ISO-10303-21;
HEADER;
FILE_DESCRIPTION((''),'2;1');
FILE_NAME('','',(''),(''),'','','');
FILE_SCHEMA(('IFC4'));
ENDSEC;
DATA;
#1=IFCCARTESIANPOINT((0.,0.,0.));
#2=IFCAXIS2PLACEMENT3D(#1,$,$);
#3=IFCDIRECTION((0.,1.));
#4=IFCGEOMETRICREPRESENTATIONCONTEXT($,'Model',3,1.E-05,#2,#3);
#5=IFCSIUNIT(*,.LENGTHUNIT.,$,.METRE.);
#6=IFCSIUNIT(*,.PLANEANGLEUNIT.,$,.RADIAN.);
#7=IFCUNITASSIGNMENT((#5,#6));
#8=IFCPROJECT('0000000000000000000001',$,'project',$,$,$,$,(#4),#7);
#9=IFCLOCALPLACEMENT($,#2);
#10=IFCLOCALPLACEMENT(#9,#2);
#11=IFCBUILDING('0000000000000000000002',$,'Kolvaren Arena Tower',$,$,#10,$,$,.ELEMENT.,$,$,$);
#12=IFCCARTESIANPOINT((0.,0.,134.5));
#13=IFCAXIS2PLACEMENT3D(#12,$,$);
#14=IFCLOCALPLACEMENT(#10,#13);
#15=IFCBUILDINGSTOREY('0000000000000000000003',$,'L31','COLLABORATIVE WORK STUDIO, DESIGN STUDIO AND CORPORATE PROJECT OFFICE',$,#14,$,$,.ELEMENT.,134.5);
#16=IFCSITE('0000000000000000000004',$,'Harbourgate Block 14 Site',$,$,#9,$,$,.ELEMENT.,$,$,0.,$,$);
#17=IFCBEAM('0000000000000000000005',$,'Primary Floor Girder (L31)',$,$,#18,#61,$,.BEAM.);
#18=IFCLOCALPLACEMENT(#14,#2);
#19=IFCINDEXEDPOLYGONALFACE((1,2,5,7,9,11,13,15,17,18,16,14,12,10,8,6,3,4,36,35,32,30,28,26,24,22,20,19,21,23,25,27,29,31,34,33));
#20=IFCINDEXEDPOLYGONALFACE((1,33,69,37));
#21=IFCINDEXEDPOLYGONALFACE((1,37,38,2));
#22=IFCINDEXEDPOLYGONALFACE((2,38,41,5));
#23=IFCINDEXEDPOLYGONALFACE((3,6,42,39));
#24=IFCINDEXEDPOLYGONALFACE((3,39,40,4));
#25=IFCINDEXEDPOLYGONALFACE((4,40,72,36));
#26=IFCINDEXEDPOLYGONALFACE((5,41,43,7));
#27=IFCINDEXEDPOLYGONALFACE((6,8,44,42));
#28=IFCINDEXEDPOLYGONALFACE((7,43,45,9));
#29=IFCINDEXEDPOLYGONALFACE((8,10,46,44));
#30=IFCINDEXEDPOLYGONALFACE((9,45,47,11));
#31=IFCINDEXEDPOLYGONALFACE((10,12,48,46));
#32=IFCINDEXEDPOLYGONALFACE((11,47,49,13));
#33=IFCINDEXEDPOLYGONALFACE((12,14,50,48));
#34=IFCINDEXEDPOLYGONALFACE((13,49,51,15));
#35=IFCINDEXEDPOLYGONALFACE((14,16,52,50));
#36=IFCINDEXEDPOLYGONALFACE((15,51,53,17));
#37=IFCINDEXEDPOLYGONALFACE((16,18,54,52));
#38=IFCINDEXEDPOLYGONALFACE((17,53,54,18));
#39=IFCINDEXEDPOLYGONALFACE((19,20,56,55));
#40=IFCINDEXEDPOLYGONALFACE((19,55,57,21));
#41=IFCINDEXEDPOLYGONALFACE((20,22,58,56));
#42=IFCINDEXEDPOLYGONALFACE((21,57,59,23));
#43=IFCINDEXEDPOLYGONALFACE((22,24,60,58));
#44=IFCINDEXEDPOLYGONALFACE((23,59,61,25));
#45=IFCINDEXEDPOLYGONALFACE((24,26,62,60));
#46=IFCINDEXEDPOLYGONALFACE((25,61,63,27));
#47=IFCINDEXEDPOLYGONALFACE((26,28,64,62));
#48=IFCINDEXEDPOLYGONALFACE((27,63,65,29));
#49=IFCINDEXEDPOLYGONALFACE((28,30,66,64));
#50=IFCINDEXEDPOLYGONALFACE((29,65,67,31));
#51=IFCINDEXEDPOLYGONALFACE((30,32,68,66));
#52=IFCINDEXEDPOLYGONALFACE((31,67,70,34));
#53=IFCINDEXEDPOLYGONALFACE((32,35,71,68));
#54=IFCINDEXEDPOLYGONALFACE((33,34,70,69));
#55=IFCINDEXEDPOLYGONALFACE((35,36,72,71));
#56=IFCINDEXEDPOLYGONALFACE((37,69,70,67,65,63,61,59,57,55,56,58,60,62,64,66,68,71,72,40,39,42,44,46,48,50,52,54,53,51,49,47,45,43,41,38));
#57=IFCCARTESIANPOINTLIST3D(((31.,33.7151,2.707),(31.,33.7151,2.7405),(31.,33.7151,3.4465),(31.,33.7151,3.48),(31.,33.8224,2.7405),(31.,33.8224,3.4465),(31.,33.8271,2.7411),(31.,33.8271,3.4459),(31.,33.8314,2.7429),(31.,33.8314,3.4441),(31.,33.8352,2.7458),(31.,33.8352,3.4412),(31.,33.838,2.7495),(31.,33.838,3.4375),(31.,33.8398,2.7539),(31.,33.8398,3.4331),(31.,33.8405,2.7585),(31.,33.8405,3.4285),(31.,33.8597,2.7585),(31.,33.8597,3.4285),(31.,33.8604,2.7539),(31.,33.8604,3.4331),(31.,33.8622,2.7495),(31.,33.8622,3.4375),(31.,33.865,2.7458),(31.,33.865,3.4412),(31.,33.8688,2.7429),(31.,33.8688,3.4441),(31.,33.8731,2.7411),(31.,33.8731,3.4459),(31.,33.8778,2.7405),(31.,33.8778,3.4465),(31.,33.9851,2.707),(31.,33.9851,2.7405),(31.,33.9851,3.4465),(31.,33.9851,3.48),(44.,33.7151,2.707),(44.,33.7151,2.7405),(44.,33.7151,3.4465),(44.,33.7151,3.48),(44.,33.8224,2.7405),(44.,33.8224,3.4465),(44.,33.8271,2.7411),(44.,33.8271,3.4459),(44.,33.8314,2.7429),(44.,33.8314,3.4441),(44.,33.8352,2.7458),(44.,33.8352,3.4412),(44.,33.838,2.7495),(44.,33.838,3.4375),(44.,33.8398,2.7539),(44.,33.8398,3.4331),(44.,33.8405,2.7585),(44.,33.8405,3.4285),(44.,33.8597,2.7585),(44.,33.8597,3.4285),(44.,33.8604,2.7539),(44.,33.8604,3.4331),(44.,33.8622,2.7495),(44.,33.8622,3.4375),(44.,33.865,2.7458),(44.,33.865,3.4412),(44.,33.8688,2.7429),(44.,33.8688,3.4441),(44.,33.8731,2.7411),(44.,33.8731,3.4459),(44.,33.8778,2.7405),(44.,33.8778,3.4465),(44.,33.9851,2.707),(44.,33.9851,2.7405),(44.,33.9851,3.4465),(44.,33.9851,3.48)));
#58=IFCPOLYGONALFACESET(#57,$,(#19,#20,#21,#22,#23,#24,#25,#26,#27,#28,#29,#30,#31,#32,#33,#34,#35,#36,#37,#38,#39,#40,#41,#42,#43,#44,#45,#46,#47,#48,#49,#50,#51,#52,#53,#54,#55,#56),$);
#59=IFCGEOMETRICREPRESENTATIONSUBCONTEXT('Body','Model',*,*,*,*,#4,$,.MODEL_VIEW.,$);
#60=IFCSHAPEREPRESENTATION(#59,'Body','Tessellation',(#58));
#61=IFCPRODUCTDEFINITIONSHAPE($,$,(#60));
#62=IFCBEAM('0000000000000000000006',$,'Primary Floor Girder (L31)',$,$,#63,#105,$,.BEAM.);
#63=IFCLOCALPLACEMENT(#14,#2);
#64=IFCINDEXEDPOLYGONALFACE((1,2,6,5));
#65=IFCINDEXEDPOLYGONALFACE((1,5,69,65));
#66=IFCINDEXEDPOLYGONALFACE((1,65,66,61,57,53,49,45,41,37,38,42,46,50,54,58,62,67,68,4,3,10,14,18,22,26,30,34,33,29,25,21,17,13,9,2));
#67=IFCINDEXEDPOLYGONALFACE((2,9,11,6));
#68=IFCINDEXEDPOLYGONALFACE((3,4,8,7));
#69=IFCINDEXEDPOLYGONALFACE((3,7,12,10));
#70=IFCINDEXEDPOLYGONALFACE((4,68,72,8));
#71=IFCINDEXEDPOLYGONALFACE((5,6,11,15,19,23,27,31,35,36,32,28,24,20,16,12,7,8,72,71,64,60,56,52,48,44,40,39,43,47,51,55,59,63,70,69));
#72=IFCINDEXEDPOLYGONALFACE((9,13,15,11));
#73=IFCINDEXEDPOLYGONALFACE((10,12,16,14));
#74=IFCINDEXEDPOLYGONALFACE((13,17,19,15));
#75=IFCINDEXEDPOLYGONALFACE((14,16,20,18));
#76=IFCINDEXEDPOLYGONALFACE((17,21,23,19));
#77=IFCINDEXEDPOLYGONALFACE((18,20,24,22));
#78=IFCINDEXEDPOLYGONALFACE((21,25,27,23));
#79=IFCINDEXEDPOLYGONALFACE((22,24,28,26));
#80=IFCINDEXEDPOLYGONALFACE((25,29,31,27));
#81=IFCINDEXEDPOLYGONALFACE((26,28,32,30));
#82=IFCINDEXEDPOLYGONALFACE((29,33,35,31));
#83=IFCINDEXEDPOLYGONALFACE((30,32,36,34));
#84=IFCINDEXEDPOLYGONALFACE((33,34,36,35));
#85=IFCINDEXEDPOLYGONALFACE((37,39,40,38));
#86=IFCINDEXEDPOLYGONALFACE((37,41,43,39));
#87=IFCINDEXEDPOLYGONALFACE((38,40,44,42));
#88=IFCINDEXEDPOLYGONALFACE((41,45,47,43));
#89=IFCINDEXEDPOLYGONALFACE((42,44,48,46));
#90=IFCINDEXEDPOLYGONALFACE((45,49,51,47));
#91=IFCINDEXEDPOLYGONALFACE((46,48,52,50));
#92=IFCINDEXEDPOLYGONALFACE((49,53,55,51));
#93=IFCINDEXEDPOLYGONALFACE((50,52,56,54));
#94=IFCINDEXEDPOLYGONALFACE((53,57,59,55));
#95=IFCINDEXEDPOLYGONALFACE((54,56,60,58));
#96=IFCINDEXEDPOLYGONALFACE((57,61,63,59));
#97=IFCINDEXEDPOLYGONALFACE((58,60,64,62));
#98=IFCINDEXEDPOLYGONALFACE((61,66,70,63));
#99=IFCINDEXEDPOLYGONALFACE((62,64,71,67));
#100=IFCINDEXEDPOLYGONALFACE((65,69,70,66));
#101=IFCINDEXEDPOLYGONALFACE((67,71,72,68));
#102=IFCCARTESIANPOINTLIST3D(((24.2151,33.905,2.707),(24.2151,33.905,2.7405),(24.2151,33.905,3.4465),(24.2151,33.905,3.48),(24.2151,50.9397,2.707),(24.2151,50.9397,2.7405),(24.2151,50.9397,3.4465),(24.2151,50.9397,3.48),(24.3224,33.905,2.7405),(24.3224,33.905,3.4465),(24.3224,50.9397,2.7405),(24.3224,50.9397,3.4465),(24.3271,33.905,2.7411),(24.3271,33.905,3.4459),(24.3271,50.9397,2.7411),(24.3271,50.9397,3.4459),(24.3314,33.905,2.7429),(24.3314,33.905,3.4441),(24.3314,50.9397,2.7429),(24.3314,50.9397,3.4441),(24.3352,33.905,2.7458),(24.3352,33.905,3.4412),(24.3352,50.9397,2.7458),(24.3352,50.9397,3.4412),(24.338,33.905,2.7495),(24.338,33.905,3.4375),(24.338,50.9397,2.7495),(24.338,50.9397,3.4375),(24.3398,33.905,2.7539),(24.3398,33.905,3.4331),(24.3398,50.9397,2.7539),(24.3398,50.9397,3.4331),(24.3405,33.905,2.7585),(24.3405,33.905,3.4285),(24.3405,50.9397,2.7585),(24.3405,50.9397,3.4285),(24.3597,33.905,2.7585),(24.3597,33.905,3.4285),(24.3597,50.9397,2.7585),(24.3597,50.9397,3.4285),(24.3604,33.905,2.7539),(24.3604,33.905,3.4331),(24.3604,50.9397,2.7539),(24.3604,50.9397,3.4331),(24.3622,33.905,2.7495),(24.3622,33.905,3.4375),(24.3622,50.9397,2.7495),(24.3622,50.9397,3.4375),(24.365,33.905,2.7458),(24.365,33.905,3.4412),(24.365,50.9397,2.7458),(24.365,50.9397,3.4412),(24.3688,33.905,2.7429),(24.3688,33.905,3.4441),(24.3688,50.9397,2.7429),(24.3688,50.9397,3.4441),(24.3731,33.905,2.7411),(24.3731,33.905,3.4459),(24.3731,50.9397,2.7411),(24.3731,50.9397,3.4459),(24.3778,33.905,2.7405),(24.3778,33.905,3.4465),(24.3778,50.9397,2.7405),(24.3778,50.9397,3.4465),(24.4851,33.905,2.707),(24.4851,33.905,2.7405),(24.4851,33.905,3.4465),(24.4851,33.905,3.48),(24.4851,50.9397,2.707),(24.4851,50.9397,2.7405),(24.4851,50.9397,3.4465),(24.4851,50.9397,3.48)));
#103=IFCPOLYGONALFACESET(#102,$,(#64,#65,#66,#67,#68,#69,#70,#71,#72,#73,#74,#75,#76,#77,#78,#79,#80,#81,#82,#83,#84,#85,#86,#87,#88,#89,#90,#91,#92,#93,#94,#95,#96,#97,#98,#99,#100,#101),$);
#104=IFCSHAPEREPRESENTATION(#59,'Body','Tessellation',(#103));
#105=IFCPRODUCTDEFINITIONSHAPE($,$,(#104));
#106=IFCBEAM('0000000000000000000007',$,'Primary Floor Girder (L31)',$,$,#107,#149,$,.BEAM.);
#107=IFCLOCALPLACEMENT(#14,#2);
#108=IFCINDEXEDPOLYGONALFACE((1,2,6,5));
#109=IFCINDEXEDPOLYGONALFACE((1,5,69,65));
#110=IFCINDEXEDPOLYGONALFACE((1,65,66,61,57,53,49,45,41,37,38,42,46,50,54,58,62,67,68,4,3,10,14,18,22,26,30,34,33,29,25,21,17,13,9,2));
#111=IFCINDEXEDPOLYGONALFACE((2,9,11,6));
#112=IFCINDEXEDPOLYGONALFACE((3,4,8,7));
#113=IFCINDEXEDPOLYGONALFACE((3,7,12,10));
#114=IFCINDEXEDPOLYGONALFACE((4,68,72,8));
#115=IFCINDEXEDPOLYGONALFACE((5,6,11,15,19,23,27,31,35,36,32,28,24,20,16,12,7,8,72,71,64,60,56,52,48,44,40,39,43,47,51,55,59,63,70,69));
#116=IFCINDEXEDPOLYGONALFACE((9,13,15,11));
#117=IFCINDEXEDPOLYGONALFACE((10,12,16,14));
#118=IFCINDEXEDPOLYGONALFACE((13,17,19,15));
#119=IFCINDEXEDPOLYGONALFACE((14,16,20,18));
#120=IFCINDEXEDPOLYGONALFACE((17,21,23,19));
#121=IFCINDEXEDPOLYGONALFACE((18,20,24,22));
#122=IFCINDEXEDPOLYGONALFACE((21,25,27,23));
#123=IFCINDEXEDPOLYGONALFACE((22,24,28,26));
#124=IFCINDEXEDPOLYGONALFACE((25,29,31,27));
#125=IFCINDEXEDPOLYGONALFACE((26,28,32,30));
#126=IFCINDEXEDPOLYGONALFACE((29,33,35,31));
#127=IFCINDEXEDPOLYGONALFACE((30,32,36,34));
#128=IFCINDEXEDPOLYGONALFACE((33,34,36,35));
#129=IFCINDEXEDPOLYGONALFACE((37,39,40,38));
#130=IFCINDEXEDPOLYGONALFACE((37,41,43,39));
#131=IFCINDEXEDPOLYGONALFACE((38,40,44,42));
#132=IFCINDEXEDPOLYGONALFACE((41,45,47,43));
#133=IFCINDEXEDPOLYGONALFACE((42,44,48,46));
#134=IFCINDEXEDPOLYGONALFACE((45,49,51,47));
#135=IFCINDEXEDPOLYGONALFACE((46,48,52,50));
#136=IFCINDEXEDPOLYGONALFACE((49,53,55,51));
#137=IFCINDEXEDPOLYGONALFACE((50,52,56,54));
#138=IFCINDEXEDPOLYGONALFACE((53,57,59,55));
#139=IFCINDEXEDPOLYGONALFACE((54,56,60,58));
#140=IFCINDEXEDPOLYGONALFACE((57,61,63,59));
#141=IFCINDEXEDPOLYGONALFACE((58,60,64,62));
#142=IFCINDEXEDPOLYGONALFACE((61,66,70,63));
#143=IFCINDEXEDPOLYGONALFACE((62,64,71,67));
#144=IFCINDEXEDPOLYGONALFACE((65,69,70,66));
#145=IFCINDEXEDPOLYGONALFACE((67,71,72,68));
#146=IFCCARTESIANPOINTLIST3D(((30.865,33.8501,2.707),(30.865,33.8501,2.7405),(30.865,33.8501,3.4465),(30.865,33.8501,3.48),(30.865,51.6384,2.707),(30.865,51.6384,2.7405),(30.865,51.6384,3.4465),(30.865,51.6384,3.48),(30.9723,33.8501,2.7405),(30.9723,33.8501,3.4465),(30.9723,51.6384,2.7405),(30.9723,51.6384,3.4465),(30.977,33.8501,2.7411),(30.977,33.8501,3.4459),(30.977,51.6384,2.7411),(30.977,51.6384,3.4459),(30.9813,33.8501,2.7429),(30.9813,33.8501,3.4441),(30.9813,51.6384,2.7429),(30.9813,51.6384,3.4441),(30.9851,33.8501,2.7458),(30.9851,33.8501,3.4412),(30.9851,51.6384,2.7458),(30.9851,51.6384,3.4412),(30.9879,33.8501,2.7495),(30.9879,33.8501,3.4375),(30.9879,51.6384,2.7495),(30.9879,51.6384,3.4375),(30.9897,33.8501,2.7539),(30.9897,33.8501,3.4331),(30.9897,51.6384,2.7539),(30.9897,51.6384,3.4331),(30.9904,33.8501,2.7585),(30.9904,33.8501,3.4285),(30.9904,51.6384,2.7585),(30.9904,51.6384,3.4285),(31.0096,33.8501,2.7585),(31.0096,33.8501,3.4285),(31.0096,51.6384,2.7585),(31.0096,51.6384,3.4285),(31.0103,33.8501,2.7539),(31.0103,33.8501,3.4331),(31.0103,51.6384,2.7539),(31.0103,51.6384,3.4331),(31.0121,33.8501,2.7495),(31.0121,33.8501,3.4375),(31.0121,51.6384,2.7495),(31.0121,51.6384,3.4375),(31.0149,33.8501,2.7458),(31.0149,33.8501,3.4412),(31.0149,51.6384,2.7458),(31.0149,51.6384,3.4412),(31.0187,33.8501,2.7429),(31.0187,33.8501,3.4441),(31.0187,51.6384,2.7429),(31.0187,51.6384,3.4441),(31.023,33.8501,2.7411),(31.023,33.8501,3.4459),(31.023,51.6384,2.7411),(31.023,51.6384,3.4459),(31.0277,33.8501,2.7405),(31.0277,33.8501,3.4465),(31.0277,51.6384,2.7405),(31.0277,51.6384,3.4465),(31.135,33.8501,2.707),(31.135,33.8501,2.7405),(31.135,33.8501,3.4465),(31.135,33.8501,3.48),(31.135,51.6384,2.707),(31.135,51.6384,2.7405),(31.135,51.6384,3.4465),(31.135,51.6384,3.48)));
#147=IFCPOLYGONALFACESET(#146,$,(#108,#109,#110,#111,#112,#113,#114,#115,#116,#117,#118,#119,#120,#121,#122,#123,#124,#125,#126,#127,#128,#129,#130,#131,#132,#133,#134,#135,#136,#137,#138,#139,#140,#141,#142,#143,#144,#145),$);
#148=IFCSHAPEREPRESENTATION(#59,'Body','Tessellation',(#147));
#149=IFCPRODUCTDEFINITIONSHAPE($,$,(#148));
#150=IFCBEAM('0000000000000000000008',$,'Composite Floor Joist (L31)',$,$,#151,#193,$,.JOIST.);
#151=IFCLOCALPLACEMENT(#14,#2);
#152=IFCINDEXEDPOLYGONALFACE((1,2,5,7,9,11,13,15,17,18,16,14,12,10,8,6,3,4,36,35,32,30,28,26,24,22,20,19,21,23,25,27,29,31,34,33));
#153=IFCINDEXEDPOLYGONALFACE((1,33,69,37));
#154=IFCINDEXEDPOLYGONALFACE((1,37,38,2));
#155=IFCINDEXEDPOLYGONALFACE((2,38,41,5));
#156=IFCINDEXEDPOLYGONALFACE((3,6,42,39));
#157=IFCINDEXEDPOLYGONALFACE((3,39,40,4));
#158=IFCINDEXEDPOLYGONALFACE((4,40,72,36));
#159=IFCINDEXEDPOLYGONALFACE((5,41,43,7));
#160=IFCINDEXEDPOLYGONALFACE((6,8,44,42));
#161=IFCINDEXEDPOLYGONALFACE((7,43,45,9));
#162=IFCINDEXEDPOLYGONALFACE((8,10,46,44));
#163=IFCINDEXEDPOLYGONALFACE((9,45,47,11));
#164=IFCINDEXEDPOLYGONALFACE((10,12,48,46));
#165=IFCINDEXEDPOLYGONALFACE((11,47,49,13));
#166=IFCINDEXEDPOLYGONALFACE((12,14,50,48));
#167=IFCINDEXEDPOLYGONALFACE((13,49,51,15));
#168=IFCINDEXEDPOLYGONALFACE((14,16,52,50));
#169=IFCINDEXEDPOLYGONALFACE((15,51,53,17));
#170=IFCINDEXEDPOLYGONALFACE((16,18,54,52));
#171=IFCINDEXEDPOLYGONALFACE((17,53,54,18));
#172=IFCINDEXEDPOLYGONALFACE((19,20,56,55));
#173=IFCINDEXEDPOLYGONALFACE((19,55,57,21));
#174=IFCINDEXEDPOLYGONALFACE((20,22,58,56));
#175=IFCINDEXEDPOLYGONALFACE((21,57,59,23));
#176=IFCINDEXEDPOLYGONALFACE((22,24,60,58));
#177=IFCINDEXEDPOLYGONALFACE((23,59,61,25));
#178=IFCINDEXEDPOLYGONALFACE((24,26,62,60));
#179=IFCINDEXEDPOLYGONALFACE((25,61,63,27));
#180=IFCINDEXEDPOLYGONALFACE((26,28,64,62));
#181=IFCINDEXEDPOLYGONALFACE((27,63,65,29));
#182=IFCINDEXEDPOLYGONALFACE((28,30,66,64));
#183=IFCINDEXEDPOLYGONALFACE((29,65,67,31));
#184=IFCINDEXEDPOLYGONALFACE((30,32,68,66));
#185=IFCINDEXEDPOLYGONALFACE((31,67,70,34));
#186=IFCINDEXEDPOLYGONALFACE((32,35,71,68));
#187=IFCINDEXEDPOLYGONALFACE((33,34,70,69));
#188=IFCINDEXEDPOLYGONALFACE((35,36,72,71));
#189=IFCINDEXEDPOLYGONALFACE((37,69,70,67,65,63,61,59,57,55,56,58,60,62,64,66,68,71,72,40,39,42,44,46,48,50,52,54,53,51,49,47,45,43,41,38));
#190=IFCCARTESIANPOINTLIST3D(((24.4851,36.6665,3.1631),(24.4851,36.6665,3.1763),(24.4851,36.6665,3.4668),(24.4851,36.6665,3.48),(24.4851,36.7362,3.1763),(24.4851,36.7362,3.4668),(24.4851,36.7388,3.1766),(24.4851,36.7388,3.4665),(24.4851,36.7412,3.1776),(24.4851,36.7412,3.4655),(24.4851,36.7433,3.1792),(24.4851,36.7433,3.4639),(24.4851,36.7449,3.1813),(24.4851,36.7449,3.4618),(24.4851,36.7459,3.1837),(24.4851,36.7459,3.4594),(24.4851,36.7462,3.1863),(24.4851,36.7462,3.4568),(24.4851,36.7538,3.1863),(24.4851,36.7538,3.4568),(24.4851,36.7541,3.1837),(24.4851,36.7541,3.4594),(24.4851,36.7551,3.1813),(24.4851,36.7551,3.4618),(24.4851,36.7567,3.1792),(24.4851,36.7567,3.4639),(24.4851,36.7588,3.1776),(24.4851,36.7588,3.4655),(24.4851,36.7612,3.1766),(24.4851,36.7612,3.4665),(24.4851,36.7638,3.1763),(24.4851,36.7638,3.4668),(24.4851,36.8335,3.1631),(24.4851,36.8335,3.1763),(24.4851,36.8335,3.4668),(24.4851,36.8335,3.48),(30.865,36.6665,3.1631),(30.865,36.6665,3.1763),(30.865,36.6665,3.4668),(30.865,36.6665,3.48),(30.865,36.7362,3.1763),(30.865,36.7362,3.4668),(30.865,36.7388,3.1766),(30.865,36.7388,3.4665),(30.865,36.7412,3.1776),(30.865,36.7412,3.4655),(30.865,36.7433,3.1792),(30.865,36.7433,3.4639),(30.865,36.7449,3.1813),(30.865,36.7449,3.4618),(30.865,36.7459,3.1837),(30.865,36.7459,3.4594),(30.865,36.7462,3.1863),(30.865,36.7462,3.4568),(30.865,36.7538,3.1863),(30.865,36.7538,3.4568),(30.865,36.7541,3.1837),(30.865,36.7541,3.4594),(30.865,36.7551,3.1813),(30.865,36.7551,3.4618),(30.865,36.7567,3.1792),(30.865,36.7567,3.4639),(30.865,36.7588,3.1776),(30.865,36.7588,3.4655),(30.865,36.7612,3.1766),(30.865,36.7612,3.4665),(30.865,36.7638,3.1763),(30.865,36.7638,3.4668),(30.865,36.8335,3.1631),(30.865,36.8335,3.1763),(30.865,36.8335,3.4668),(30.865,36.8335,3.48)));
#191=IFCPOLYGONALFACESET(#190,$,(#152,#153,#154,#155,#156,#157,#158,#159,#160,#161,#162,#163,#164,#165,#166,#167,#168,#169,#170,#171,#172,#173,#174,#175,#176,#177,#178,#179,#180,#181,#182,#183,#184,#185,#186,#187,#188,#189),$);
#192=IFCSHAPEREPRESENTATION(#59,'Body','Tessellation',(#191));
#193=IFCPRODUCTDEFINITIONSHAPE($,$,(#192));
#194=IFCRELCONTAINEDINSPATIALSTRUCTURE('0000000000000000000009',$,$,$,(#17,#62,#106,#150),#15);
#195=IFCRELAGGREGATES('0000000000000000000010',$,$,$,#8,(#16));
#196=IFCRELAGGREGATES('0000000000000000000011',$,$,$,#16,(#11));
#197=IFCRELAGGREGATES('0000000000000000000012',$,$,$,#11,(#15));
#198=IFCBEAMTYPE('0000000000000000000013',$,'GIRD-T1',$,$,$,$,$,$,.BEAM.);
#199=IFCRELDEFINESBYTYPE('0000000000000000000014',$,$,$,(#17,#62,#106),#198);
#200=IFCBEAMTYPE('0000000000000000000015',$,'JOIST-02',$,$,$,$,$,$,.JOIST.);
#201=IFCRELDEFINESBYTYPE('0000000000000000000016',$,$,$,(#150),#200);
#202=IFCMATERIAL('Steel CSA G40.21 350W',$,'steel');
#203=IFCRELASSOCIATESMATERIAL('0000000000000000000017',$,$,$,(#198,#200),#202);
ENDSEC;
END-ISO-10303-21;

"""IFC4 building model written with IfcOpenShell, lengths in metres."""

from ifc_helpers import new_model, si_unit, direction, frame, origin, origin_2d, place, context, subcontext, project, spatial, i_section, extrude, material, material_profile, profile_set, type_object, element, save


model = new_model("IFC4")

# Units and contexts
model_context = context("Model", 3, precision=1e-05, world=origin(), true_north=direction((0.0, 1.0)))
body_context = subcontext(model_context, "Body", "Model", "MODEL_VIEW")
ifc_project = project(units=[si_unit("LENGTHUNIT", "METRE"), si_unit("PLANEANGLEUNIT", "RADIAN")], contexts=[model_context])

# Site, building, storey
site_placement = place(None, origin())
site = spatial("IfcSite", under=ifc_project, at=site_placement, Name="Harbourgate Block 14 Site", CompositionType="ELEMENT", RefElevation=0.0)
building_placement = place(site_placement, origin())
building = spatial("IfcBuilding", under=site, at=building_placement, Name="Kolvaren Arena Tower", CompositionType="ELEMENT")
storey_placement = place(building_placement, frame((0.0, 0.0, 134.5)))
storey = spatial("IfcBuildingStorey", under=building, at=storey_placement, Name="L31", Description="COLLABORATIVE WORK STUDIO, DESIGN STUDIO AND CORPORATE PROJECT OFFICE", CompositionType="ELEMENT", Elevation=134.5)

# Beams
ifc_material_1 = material(Name="Steel CSA G40.21 350W", Category="steel")
ifc_material_profile_1 = material_profile(ifc_material_1, i_section(OverallWidth=0.27, OverallDepth=0.7729, WebThickness=0.0193, FlangeThickness=0.0334, FilletRadius=0.0181, at=origin_2d()), Name="W760x257")
ifc_profile_set_1 = profile_set([ifc_material_profile_1], Name="Steel CSA G40.21 350W")
beam_type_1 = type_object("IfcBeamType", Name="GIRD-T1", PredefinedType="BEAM", material=ifc_profile_set_1)
beam_1_placement = place(storey_placement, frame((31.0, 33.8501, 3.0935), z_axis=(1.0, 0.0, 0.0), x_axis=(0.0, 1.0, 0.0)))
element("IfcBeam", 1, at=beam_1_placement, inside=storey, type_object=beam_type_1, Name="Primary Floor Girder (L31)", PredefinedType="BEAM", context=body_context, shape_type="SweptSolid", body=[
    extrude(i_section(OverallWidth=0.27, OverallDepth=0.7729, WebThickness=0.0193, FlangeThickness=0.0334, FilletRadius=0.0181, at=origin_2d()), origin(), (0.0, 0.0, 1.0), 13.0),
])
beam_2_placement = place(storey_placement, frame((24.3501, 33.905, 3.0935), z_axis=(0.0, 1.0, 0.0), x_axis=(-1.0, 0.0, 0.0)))
element("IfcBeam", 2, at=beam_2_placement, inside=storey, type_object=beam_type_1, Name="Primary Floor Girder (L31)", PredefinedType="BEAM", context=body_context, shape_type="SweptSolid", body=[
    extrude(i_section(OverallWidth=0.27, OverallDepth=0.7729, WebThickness=0.0193, FlangeThickness=0.0334, FilletRadius=0.0181, at=origin_2d()), origin(), (0.0, 0.0, 1.0), 17.0347),
])
beam_3_placement = place(storey_placement, frame((31.0, 33.8501, 3.0935), z_axis=(0.0, 1.0, 0.0), x_axis=(-1.0, 0.0, 0.0)))
element("IfcBeam", 3, at=beam_3_placement, inside=storey, type_object=beam_type_1, Name="Primary Floor Girder (L31)", PredefinedType="BEAM", context=body_context, shape_type="SweptSolid", body=[
    extrude(i_section(OverallWidth=0.27, OverallDepth=0.7729, WebThickness=0.0193, FlangeThickness=0.0334, FilletRadius=0.0181, at=origin_2d()), origin(), (0.0, 0.0, 1.0), 17.7883),
])
ifc_material_profile_2 = material_profile(ifc_material_1, i_section(OverallWidth=0.167, OverallDepth=0.3169, WebThickness=0.0076, FlangeThickness=0.0132, FilletRadius=0.01, at=origin_2d()), Name="W310x52")
ifc_profile_set_2 = profile_set([ifc_material_profile_2], Name="Steel CSA G40.21 350W")
beam_type_2 = type_object("IfcBeamType", Name="JOIST-02", PredefinedType="JOIST", material=ifc_profile_set_2)
for number, where, z_axis, x_axis, name in (
    (4, (24.4851, 36.75, 3.3215), (1.0, 0.0, 0.0), (0.0, 1.0, 0.0), "Composite Floor Joist (L31)"),
):
    element("IfcBeam", number, at=place(storey_placement, frame(where, z_axis=z_axis, x_axis=x_axis)), inside=storey, type_object=beam_type_2, Name=name, PredefinedType="JOIST", context=body_context, shape_type="SweptSolid", body=[
        extrude(i_section(OverallWidth=0.167, OverallDepth=0.3169, WebThickness=0.0076, FlangeThickness=0.0132, FilletRadius=0.01, at=origin_2d()), origin(), (0.0, 0.0, 1.0), 6.3799),
    ])

save(model, "model.ifc")
